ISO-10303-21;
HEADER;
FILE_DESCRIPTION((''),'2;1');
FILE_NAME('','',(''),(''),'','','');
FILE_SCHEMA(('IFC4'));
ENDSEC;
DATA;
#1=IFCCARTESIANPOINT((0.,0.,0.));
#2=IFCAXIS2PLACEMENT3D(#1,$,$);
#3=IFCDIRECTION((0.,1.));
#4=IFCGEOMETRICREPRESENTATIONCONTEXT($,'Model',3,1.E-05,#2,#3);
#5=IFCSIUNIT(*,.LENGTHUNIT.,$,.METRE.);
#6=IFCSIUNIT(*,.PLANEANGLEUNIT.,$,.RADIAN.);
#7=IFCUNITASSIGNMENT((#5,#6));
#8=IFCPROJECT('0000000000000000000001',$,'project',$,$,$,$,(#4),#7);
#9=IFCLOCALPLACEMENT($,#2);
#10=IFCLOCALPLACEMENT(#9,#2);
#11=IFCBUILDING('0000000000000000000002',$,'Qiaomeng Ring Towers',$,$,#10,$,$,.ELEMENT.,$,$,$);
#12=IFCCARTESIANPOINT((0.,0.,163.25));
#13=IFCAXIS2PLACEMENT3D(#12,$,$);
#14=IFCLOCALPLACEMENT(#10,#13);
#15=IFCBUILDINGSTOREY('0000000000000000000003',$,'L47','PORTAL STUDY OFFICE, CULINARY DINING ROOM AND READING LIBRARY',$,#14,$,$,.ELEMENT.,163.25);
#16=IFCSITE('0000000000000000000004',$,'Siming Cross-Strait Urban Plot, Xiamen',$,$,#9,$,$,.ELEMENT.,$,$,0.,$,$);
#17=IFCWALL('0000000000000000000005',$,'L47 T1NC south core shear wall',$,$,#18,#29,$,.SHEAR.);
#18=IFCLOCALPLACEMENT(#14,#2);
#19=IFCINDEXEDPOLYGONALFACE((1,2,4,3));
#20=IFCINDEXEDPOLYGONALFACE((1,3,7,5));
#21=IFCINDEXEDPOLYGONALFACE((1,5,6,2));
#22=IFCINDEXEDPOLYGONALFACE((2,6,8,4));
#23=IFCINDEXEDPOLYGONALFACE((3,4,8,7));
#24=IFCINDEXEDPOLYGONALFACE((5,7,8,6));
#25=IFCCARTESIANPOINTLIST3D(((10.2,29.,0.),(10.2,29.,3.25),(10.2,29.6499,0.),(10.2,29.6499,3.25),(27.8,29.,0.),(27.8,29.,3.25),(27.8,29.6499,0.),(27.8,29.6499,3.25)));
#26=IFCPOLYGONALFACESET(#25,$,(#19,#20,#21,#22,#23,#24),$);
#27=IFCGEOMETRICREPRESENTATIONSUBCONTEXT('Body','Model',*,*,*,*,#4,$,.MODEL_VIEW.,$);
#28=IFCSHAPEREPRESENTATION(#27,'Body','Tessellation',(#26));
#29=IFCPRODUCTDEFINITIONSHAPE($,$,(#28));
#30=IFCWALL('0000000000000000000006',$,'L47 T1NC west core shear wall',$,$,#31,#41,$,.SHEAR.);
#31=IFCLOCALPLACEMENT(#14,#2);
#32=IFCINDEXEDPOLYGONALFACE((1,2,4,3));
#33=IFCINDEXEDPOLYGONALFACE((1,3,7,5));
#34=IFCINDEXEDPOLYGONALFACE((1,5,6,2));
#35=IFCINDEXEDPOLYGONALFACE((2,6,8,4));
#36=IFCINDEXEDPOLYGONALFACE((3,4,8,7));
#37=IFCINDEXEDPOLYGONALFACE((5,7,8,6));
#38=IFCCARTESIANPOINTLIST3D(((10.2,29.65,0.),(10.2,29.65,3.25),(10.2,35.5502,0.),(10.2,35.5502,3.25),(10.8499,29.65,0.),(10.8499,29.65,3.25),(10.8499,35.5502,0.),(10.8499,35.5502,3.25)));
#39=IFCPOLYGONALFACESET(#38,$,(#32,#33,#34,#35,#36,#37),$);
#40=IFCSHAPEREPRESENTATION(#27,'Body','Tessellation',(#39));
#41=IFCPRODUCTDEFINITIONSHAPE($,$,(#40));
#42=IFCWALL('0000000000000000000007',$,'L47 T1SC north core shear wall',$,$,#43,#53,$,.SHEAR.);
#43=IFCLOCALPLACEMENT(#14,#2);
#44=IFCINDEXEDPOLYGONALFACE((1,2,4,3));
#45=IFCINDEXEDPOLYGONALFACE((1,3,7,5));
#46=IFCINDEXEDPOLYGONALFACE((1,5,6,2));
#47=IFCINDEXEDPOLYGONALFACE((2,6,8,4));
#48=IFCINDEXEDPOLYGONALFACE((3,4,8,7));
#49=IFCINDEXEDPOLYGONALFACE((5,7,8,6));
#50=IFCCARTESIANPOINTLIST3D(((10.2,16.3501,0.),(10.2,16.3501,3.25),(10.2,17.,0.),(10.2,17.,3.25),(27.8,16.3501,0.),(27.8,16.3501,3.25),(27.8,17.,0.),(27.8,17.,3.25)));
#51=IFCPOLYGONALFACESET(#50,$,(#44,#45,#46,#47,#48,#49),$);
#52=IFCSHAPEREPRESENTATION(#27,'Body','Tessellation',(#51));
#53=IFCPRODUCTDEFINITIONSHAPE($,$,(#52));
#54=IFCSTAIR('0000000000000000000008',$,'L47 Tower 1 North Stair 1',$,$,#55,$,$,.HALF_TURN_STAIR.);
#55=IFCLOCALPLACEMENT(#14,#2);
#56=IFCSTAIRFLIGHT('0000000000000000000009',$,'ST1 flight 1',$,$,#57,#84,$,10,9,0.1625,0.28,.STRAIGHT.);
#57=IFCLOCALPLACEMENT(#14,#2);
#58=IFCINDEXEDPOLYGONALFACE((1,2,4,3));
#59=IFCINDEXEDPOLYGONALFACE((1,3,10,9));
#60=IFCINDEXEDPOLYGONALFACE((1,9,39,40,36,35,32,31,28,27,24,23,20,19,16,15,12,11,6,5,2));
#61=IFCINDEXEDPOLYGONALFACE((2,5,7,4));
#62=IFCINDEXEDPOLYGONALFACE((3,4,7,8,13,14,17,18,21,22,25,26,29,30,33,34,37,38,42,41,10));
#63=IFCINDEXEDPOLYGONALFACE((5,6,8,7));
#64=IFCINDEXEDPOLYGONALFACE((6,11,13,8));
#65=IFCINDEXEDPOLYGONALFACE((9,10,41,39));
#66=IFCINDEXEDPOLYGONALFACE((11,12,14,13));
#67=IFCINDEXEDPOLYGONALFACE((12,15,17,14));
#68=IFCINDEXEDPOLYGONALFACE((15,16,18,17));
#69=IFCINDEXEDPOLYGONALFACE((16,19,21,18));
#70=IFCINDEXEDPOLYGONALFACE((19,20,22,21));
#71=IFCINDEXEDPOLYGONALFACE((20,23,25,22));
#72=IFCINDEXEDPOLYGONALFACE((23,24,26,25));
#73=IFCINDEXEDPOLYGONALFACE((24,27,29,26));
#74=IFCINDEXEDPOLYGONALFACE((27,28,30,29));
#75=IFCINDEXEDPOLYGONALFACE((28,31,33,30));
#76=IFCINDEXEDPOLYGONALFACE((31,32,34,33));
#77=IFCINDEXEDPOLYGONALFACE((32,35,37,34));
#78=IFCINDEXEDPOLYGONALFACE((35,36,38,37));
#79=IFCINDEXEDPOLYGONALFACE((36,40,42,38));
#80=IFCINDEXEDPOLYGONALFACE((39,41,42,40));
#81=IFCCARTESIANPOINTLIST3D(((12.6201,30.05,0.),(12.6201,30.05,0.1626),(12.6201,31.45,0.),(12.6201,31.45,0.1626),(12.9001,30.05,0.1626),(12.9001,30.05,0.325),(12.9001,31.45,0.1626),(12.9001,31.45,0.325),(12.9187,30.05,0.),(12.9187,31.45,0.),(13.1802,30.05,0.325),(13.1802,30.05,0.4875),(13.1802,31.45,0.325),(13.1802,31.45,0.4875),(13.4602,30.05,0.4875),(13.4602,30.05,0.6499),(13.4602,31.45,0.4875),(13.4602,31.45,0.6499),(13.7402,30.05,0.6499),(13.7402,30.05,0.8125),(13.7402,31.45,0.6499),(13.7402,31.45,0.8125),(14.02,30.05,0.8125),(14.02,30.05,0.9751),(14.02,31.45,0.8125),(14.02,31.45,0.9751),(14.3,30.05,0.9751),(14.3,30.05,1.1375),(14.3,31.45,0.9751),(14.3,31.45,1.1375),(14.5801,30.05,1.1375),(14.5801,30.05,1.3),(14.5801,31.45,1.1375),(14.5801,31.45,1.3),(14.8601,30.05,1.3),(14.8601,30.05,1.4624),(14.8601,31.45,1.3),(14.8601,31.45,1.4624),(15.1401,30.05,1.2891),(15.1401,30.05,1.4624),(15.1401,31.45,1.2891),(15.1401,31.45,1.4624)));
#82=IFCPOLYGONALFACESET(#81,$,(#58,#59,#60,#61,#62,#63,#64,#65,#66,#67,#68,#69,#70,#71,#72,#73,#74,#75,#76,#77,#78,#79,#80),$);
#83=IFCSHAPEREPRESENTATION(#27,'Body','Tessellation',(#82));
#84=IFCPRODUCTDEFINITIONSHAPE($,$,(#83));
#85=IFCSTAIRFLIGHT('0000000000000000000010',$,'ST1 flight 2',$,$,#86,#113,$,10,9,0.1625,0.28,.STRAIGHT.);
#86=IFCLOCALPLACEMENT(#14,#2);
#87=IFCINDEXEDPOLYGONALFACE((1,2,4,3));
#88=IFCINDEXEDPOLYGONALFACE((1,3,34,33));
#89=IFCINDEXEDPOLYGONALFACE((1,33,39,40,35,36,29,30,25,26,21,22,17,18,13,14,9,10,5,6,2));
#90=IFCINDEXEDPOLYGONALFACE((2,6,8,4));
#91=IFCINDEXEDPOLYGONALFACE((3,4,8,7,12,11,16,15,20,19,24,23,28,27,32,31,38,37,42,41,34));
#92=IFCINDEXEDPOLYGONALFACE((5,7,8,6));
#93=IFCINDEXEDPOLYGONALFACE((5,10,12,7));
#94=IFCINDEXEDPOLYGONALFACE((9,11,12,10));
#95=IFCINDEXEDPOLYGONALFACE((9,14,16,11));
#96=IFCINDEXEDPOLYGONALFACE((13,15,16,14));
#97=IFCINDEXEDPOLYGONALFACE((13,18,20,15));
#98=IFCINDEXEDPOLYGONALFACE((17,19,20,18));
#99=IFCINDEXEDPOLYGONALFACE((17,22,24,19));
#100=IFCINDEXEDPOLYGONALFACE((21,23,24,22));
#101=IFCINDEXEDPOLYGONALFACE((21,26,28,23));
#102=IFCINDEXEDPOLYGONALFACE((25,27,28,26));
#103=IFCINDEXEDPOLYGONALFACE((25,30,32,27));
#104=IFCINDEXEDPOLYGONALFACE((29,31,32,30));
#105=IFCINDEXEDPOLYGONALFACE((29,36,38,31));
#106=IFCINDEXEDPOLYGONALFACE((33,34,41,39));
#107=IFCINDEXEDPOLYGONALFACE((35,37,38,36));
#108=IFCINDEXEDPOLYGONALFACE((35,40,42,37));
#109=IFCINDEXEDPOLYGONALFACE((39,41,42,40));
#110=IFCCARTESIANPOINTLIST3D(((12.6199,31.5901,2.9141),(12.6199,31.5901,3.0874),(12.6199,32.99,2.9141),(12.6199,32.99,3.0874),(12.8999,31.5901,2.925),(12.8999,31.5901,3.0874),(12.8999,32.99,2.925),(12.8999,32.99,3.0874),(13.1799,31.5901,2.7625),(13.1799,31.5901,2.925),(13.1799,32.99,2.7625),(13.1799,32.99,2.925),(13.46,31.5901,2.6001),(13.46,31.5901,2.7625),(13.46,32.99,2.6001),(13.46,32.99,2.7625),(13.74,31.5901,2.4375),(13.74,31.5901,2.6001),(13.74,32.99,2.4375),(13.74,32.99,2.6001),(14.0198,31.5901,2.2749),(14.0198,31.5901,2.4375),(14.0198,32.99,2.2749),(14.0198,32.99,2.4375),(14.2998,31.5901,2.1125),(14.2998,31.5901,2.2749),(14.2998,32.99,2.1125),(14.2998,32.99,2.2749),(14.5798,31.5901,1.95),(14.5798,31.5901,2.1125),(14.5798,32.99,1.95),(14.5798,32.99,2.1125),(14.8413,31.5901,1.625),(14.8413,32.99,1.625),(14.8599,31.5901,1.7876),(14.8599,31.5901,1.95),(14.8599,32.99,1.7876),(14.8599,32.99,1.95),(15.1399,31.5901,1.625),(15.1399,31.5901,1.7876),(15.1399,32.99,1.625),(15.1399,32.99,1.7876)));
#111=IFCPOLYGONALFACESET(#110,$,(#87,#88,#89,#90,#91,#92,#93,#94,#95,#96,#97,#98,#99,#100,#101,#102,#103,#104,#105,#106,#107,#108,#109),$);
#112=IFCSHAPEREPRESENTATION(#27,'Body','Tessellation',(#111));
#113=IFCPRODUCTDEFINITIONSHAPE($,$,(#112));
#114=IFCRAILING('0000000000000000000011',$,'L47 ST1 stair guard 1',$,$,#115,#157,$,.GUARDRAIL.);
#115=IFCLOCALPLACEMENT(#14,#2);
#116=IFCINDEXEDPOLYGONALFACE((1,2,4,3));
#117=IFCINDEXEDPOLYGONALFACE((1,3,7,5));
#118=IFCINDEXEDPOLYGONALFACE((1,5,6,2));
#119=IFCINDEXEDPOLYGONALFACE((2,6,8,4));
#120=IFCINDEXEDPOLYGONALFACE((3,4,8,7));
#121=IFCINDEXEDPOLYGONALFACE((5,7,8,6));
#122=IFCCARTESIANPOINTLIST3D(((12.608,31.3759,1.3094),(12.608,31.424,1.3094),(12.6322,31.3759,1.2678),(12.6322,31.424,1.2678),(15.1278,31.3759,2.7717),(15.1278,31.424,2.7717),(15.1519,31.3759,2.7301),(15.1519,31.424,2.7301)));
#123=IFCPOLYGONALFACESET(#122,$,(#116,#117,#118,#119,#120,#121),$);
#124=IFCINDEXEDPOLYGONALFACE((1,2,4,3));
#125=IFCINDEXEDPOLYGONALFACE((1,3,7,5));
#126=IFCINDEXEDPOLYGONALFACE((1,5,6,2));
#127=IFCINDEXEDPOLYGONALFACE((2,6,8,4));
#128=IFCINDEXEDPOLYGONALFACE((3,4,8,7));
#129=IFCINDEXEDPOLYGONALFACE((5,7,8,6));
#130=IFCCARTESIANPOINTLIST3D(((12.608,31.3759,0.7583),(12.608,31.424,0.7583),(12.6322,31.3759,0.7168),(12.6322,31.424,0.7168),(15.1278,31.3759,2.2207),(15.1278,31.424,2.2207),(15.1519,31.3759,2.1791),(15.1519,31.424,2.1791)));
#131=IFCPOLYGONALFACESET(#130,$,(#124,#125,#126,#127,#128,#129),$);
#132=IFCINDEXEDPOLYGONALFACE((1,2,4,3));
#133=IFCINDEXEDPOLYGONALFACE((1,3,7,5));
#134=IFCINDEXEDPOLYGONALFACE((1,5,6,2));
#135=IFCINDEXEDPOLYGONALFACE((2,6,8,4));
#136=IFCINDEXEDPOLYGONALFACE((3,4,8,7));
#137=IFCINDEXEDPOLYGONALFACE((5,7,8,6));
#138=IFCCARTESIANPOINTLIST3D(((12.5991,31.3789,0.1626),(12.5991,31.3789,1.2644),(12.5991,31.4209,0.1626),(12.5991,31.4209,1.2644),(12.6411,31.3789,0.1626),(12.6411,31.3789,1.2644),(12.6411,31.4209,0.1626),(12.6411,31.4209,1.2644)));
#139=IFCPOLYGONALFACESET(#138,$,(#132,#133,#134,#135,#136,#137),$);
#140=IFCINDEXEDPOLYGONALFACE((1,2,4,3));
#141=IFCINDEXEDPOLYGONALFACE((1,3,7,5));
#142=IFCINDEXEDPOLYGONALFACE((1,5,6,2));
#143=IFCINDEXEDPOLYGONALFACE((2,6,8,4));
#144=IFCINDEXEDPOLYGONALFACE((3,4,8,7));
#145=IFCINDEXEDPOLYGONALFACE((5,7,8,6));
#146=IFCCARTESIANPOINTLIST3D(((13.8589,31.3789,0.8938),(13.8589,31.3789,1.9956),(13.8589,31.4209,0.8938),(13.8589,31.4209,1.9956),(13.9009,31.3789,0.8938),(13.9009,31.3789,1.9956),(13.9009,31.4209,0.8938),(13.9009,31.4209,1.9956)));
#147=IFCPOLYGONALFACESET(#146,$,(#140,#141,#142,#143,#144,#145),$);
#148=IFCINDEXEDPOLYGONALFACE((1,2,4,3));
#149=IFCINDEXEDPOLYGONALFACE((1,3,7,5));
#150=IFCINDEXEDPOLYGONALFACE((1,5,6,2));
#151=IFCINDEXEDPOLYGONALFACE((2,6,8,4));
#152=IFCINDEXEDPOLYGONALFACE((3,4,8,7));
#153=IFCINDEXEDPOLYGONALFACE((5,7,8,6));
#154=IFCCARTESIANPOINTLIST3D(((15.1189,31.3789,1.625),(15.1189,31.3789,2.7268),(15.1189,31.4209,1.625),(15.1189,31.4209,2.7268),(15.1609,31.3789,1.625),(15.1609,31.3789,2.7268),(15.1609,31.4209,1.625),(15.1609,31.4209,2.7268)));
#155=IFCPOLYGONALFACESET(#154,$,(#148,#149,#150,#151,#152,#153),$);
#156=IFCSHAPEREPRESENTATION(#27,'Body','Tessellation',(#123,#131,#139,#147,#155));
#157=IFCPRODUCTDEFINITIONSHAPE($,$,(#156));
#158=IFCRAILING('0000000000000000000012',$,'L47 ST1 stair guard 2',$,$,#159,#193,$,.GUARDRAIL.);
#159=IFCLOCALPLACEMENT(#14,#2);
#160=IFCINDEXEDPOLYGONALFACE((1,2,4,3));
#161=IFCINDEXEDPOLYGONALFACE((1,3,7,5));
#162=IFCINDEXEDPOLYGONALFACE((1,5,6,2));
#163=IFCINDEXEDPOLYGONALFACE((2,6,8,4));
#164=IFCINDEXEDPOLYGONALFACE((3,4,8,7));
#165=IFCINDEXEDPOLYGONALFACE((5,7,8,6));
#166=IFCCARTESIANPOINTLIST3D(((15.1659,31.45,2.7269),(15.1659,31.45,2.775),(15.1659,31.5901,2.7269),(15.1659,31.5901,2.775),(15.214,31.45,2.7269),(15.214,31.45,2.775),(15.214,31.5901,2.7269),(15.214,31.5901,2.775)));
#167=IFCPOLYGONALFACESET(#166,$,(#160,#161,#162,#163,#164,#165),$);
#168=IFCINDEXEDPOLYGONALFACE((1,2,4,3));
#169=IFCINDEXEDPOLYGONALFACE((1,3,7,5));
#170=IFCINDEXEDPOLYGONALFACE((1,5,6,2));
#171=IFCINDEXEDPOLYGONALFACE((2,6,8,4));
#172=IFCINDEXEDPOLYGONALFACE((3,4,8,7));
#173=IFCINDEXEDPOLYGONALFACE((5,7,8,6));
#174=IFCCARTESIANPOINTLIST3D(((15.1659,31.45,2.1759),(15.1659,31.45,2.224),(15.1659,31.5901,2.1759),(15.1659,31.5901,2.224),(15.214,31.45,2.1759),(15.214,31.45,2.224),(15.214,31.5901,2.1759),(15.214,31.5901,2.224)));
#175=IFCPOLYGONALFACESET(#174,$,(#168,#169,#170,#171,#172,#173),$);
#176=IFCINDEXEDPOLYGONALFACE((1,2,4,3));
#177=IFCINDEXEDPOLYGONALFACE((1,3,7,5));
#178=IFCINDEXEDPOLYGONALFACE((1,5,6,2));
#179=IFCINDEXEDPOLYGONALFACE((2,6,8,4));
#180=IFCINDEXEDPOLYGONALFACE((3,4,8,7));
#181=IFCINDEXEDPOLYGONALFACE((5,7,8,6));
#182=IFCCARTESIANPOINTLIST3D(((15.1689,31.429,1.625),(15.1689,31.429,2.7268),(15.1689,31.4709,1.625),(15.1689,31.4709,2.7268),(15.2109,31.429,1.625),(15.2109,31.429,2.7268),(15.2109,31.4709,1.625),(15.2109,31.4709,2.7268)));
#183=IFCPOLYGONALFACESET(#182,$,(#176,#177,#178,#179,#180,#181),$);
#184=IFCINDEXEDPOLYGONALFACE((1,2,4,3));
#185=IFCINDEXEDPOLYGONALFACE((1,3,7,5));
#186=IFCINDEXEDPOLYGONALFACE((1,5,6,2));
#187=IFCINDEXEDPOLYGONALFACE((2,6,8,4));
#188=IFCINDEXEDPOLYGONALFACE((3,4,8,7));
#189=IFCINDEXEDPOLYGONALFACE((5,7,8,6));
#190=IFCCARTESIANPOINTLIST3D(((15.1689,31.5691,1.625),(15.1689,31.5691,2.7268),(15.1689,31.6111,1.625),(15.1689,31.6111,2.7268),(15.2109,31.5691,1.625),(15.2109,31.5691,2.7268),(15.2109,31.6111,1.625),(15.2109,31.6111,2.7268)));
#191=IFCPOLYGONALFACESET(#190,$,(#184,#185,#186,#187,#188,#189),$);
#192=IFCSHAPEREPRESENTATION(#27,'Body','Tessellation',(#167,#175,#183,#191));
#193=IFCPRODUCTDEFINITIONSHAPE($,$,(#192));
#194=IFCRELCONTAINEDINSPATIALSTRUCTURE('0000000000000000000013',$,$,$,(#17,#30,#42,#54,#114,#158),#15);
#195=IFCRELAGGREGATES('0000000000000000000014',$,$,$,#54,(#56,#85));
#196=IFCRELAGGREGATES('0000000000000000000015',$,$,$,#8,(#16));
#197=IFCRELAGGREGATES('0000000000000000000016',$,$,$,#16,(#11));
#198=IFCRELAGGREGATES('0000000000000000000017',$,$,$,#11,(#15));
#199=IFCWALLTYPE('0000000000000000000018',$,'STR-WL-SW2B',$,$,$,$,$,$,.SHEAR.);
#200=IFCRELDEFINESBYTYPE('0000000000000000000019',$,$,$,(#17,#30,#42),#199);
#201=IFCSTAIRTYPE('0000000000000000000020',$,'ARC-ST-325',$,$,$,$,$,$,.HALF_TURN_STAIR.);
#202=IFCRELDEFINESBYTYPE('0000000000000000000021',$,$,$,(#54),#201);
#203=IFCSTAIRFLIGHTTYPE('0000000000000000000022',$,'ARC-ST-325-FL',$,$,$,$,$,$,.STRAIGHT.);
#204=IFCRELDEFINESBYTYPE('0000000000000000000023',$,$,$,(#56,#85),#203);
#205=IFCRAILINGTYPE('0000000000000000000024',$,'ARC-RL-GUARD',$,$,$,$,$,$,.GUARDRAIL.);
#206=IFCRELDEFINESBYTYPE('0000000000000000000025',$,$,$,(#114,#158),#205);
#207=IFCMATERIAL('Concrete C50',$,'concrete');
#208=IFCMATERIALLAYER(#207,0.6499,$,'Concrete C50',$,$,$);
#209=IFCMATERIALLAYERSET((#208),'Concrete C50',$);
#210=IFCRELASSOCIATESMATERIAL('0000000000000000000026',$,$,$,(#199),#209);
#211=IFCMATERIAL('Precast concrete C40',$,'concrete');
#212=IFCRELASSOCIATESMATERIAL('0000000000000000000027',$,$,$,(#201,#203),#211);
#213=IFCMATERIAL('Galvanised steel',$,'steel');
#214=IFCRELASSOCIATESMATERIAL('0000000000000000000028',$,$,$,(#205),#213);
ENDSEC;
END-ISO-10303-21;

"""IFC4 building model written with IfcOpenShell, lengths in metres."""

from ifc_helpers import new_model, si_unit, direction, frame, frame_2d, origin, origin_2d, place, context, subcontext, project, spatial, polyline, rectangle, outline, extrude, source, transform, mapped, material, layer, layer_set, type_object, element, aggregate, save


model = new_model("IFC4")

# Units and contexts
model_context = context("Model", 3, precision=1e-05, world=origin(), true_north=direction((0.0, 1.0)))
body_context = subcontext(model_context, "Body", "Model", "MODEL_VIEW")
ifc_project = project(units=[si_unit("LENGTHUNIT", "METRE"), si_unit("PLANEANGLEUNIT", "RADIAN")], contexts=[model_context])

# Site, building, storey
site_placement = place(None, origin())
site = spatial("IfcSite", under=ifc_project, at=site_placement, Name="Siming Cross-Strait Urban Plot, Xiamen", CompositionType="ELEMENT", RefElevation=0.0)
building_placement = place(site_placement, origin())
building = spatial("IfcBuilding", under=site, at=building_placement, Name="Qiaomeng Ring Towers", CompositionType="ELEMENT")
storey_placement = place(building_placement, frame((0.0, 0.0, 163.25)))
storey = spatial("IfcBuildingStorey", under=building, at=storey_placement, Name="L47", Description="PORTAL STUDY OFFICE, CULINARY DINING ROOM AND READING LIBRARY", CompositionType="ELEMENT", Elevation=163.25)

# Shared definitions
ifc_material_1 = material(Name="Precast concrete C40", Category="concrete")

# Shared definitions
ifc_material_2 = material(Name="Galvanised steel", Category="steel")

# Walls
ifc_material_3 = material(Name="Concrete C50", Category="concrete")
ifc_layer_1 = layer(ifc_material_3, 0.6499, Name="Concrete C50")
ifc_layer_set_1 = layer_set([ifc_layer_1], Name="Concrete C50")
wall_type_1 = type_object("IfcWallType", Name="STR-WL-SW2B", PredefinedType="SHEAR", material=ifc_layer_set_1)
wall_1_placement = place(storey_placement, frame((10.2, 29.325, 0.0), z_axis=(0.0, 0.0, 1.0), x_axis=(1.0, 0.0, 0.0)))
element("IfcWall", 1, at=wall_1_placement, inside=storey, type_object=wall_type_1, Name="L47 T1NC south core shear wall", PredefinedType="SHEAR", context=body_context, shape_type="SweptSolid", body=[
    extrude(rectangle(XDim=17.6001, YDim=0.6499, at=frame_2d((8.8, 0.0))), origin(), (0.0, 0.0, 1.0), 3.25),
])
wall_2_placement = place(storey_placement, frame((10.5249, 29.6499, 0.0), z_axis=(0.0, 0.0, 1.0), x_axis=(0.0, 1.0, 0.0)))
element("IfcWall", 2, at=wall_2_placement, inside=storey, type_object=wall_type_1, Name="L47 T1NC west core shear wall", PredefinedType="SHEAR", context=body_context, shape_type="SweptSolid", body=[
    extrude(rectangle(XDim=5.9001, YDim=0.6499, at=frame_2d((2.9502, 0.0))), origin(), (0.0, 0.0, 1.0), 3.25),
])
wall_3_placement = place(storey_placement, frame((10.2, 16.675, 0.0), z_axis=(0.0, 0.0, 1.0), x_axis=(1.0, 0.0, 0.0)))
element("IfcWall", 3, at=wall_3_placement, inside=storey, type_object=wall_type_1, Name="L47 T1SC north core shear wall", PredefinedType="SHEAR", context=body_context, shape_type="SweptSolid", body=[
    extrude(rectangle(XDim=17.6001, YDim=0.6499, at=frame_2d((8.8, 0.0))), origin(), (0.0, 0.0, 1.0), 3.25),
])

# Stair, stair flights
stair_type = type_object("IfcStairType", Name="ARC-ST-325", PredefinedType="HALF_TURN_STAIR", material=ifc_material_1)
stair_placement = place(storey_placement, origin())
stair = element("IfcStair", 4, at=stair_placement, inside=storey, type_object=stair_type, Name="L47 Tower 1 North Stair 1", PredefinedType="HALF_TURN_STAIR")
stair_flight_type = type_object("IfcStairFlightType", Name="ARC-ST-325-FL", PredefinedType="STRAIGHT", material=ifc_material_1)
shared_shape_1 = source(origin(), body_context, "Body", "SweptSolid", [
    extrude(outline(polyline([(0.0, 0.0), (0.0, 0.1626), (0.28, 0.1626), (0.28, 0.325), (0.5601, 0.325), (0.5601, 0.4875), (0.8401, 0.4875), (0.8401, 0.6499), (1.1201, 0.6499), (1.1201, 0.8125), (1.3999, 0.8125), (1.3999, 0.9751), (1.6799, 0.9751), (1.6799, 1.1375), (1.96, 1.1375), (1.96, 1.3), (2.24, 1.3), (2.24, 1.4624), (2.52, 1.4624), (2.52, 1.625), (2.52, 1.2891), (0.2986, 0.0), (0.0, 0.0)])), frame((0.0, 0.7, 0.0), z_axis=(0.0, -1.0, 0.0), x_axis=(1.0, 0.0, 0.0)), (0.0, 0.0, 1.0), 1.3999),
])
stair_flight_1_placement = place(storey_placement, frame((12.6201, 30.75, 0.0), z_axis=(0.0, 0.0, 1.0), x_axis=(1.0, 0.0, 0.0)))
stair_flight_1 = element("IfcStairFlight", 5, at=stair_flight_1_placement, type_object=stair_flight_type, Name="ST1 flight 1", NumberOfRisers=10, NumberOfTreads=9, PredefinedType="STRAIGHT", RiserHeight=0.1625, TreadLength=0.28, context=body_context, shape_type="MappedRepresentation", body=[
    mapped(shared_shape_1, transform((0.0, 0.0, 0.0), x_axis=(1.0, 0.0, 0.0), y_axis=(0.0, 1.0, 0.0), z_axis=(0.0, 0.0, 1.0), scale=1.0)),
])
stair_flight_2_placement = place(storey_placement, frame((15.1399, 32.29, 1.625), z_axis=(0.0, 0.0, 1.0), x_axis=(-1.0, 0.0, 0.0)))
stair_flight_2 = element("IfcStairFlight", 6, at=stair_flight_2_placement, type_object=stair_flight_type, Name="ST1 flight 2", NumberOfRisers=10, NumberOfTreads=9, PredefinedType="STRAIGHT", RiserHeight=0.1625, TreadLength=0.28, context=body_context, shape_type="MappedRepresentation", body=[
    mapped(shared_shape_1, transform((0.0, 0.0, 0.0), x_axis=(1.0, 0.0, 0.0), y_axis=(0.0, 1.0, 0.0), z_axis=(0.0, 0.0, 1.0), scale=1.0)),
])
aggregate(stair, [stair_flight_1, stair_flight_2])

# Railings
railing_type_1 = type_object("IfcRailingType", Name="ARC-RL-GUARD", PredefinedType="GUARDRAIL", material=ifc_material_2)
railing_1_placement = place(storey_placement, frame((12.6201, 31.3999, 0.1626)))
element("IfcRailing", 7, at=railing_1_placement, inside=storey, type_object=railing_type_1, Name="L47 ST1 stair guard 1", PredefinedType="GUARDRAIL", context=body_context, shape_type="SweptSolid", body=[
    extrude(rectangle(XDim=0.0481, YDim=0.0481, at=origin_2d()), frame((0.0, 0.0, 1.126), z_axis=(0.864892, 0.0, 0.501958), x_axis=(0.0, 1.0, 0.0)), (0.0, 0.0, 1.0), 2.9133),
    extrude(rectangle(XDim=0.0481, YDim=0.0481, at=origin_2d()), frame((0.0, 0.0, 0.575), z_axis=(0.864892, 0.0, 0.501958), x_axis=(0.0, 1.0, 0.0)), (0.0, 0.0, 1.0), 2.9133),
    extrude(rectangle(XDim=0.042, YDim=0.042, at=origin_2d()), origin(), (0.0, 0.0, 1.0), 1.1018),
    extrude(rectangle(XDim=0.042, YDim=0.042, at=origin_2d()), frame((1.2598, 0.0, 0.7312)), (0.0, 0.0, 1.0), 1.1018),
    extrude(rectangle(XDim=0.042, YDim=0.042, at=origin_2d()), frame((2.5198, 0.0, 1.4624)), (0.0, 0.0, 1.0), 1.1018),
])
railing_2_placement = place(storey_placement, frame((15.1899, 31.45, 1.625)))
element("IfcRailing", 8, at=railing_2_placement, inside=storey, type_object=railing_type_1, Name="L47 ST1 stair guard 2", PredefinedType="GUARDRAIL", context=body_context, shape_type="SweptSolid", body=[
    extrude(rectangle(XDim=0.0481, YDim=0.0481, at=origin_2d()), frame((0.0, 0.0, 1.126), z_axis=(0.0, 1.0, 0.0), x_axis=(-1.0, 0.0, 0.0)), (0.0, 0.0, 1.0), 0.1401),
    extrude(rectangle(XDim=0.0481, YDim=0.0481, at=origin_2d()), frame((0.0, 0.0, 0.575), z_axis=(0.0, 1.0, 0.0), x_axis=(-1.0, 0.0, 0.0)), (0.0, 0.0, 1.0), 0.1401),
    extrude(rectangle(XDim=0.042, YDim=0.042, at=origin_2d()), origin(), (0.0, 0.0, 1.0), 1.1018),
    extrude(rectangle(XDim=0.042, YDim=0.042, at=origin_2d()), frame((0.0, 0.1401, 0.0)), (0.0, 0.0, 1.0), 1.1018),
])

save(model, "model.ifc")
